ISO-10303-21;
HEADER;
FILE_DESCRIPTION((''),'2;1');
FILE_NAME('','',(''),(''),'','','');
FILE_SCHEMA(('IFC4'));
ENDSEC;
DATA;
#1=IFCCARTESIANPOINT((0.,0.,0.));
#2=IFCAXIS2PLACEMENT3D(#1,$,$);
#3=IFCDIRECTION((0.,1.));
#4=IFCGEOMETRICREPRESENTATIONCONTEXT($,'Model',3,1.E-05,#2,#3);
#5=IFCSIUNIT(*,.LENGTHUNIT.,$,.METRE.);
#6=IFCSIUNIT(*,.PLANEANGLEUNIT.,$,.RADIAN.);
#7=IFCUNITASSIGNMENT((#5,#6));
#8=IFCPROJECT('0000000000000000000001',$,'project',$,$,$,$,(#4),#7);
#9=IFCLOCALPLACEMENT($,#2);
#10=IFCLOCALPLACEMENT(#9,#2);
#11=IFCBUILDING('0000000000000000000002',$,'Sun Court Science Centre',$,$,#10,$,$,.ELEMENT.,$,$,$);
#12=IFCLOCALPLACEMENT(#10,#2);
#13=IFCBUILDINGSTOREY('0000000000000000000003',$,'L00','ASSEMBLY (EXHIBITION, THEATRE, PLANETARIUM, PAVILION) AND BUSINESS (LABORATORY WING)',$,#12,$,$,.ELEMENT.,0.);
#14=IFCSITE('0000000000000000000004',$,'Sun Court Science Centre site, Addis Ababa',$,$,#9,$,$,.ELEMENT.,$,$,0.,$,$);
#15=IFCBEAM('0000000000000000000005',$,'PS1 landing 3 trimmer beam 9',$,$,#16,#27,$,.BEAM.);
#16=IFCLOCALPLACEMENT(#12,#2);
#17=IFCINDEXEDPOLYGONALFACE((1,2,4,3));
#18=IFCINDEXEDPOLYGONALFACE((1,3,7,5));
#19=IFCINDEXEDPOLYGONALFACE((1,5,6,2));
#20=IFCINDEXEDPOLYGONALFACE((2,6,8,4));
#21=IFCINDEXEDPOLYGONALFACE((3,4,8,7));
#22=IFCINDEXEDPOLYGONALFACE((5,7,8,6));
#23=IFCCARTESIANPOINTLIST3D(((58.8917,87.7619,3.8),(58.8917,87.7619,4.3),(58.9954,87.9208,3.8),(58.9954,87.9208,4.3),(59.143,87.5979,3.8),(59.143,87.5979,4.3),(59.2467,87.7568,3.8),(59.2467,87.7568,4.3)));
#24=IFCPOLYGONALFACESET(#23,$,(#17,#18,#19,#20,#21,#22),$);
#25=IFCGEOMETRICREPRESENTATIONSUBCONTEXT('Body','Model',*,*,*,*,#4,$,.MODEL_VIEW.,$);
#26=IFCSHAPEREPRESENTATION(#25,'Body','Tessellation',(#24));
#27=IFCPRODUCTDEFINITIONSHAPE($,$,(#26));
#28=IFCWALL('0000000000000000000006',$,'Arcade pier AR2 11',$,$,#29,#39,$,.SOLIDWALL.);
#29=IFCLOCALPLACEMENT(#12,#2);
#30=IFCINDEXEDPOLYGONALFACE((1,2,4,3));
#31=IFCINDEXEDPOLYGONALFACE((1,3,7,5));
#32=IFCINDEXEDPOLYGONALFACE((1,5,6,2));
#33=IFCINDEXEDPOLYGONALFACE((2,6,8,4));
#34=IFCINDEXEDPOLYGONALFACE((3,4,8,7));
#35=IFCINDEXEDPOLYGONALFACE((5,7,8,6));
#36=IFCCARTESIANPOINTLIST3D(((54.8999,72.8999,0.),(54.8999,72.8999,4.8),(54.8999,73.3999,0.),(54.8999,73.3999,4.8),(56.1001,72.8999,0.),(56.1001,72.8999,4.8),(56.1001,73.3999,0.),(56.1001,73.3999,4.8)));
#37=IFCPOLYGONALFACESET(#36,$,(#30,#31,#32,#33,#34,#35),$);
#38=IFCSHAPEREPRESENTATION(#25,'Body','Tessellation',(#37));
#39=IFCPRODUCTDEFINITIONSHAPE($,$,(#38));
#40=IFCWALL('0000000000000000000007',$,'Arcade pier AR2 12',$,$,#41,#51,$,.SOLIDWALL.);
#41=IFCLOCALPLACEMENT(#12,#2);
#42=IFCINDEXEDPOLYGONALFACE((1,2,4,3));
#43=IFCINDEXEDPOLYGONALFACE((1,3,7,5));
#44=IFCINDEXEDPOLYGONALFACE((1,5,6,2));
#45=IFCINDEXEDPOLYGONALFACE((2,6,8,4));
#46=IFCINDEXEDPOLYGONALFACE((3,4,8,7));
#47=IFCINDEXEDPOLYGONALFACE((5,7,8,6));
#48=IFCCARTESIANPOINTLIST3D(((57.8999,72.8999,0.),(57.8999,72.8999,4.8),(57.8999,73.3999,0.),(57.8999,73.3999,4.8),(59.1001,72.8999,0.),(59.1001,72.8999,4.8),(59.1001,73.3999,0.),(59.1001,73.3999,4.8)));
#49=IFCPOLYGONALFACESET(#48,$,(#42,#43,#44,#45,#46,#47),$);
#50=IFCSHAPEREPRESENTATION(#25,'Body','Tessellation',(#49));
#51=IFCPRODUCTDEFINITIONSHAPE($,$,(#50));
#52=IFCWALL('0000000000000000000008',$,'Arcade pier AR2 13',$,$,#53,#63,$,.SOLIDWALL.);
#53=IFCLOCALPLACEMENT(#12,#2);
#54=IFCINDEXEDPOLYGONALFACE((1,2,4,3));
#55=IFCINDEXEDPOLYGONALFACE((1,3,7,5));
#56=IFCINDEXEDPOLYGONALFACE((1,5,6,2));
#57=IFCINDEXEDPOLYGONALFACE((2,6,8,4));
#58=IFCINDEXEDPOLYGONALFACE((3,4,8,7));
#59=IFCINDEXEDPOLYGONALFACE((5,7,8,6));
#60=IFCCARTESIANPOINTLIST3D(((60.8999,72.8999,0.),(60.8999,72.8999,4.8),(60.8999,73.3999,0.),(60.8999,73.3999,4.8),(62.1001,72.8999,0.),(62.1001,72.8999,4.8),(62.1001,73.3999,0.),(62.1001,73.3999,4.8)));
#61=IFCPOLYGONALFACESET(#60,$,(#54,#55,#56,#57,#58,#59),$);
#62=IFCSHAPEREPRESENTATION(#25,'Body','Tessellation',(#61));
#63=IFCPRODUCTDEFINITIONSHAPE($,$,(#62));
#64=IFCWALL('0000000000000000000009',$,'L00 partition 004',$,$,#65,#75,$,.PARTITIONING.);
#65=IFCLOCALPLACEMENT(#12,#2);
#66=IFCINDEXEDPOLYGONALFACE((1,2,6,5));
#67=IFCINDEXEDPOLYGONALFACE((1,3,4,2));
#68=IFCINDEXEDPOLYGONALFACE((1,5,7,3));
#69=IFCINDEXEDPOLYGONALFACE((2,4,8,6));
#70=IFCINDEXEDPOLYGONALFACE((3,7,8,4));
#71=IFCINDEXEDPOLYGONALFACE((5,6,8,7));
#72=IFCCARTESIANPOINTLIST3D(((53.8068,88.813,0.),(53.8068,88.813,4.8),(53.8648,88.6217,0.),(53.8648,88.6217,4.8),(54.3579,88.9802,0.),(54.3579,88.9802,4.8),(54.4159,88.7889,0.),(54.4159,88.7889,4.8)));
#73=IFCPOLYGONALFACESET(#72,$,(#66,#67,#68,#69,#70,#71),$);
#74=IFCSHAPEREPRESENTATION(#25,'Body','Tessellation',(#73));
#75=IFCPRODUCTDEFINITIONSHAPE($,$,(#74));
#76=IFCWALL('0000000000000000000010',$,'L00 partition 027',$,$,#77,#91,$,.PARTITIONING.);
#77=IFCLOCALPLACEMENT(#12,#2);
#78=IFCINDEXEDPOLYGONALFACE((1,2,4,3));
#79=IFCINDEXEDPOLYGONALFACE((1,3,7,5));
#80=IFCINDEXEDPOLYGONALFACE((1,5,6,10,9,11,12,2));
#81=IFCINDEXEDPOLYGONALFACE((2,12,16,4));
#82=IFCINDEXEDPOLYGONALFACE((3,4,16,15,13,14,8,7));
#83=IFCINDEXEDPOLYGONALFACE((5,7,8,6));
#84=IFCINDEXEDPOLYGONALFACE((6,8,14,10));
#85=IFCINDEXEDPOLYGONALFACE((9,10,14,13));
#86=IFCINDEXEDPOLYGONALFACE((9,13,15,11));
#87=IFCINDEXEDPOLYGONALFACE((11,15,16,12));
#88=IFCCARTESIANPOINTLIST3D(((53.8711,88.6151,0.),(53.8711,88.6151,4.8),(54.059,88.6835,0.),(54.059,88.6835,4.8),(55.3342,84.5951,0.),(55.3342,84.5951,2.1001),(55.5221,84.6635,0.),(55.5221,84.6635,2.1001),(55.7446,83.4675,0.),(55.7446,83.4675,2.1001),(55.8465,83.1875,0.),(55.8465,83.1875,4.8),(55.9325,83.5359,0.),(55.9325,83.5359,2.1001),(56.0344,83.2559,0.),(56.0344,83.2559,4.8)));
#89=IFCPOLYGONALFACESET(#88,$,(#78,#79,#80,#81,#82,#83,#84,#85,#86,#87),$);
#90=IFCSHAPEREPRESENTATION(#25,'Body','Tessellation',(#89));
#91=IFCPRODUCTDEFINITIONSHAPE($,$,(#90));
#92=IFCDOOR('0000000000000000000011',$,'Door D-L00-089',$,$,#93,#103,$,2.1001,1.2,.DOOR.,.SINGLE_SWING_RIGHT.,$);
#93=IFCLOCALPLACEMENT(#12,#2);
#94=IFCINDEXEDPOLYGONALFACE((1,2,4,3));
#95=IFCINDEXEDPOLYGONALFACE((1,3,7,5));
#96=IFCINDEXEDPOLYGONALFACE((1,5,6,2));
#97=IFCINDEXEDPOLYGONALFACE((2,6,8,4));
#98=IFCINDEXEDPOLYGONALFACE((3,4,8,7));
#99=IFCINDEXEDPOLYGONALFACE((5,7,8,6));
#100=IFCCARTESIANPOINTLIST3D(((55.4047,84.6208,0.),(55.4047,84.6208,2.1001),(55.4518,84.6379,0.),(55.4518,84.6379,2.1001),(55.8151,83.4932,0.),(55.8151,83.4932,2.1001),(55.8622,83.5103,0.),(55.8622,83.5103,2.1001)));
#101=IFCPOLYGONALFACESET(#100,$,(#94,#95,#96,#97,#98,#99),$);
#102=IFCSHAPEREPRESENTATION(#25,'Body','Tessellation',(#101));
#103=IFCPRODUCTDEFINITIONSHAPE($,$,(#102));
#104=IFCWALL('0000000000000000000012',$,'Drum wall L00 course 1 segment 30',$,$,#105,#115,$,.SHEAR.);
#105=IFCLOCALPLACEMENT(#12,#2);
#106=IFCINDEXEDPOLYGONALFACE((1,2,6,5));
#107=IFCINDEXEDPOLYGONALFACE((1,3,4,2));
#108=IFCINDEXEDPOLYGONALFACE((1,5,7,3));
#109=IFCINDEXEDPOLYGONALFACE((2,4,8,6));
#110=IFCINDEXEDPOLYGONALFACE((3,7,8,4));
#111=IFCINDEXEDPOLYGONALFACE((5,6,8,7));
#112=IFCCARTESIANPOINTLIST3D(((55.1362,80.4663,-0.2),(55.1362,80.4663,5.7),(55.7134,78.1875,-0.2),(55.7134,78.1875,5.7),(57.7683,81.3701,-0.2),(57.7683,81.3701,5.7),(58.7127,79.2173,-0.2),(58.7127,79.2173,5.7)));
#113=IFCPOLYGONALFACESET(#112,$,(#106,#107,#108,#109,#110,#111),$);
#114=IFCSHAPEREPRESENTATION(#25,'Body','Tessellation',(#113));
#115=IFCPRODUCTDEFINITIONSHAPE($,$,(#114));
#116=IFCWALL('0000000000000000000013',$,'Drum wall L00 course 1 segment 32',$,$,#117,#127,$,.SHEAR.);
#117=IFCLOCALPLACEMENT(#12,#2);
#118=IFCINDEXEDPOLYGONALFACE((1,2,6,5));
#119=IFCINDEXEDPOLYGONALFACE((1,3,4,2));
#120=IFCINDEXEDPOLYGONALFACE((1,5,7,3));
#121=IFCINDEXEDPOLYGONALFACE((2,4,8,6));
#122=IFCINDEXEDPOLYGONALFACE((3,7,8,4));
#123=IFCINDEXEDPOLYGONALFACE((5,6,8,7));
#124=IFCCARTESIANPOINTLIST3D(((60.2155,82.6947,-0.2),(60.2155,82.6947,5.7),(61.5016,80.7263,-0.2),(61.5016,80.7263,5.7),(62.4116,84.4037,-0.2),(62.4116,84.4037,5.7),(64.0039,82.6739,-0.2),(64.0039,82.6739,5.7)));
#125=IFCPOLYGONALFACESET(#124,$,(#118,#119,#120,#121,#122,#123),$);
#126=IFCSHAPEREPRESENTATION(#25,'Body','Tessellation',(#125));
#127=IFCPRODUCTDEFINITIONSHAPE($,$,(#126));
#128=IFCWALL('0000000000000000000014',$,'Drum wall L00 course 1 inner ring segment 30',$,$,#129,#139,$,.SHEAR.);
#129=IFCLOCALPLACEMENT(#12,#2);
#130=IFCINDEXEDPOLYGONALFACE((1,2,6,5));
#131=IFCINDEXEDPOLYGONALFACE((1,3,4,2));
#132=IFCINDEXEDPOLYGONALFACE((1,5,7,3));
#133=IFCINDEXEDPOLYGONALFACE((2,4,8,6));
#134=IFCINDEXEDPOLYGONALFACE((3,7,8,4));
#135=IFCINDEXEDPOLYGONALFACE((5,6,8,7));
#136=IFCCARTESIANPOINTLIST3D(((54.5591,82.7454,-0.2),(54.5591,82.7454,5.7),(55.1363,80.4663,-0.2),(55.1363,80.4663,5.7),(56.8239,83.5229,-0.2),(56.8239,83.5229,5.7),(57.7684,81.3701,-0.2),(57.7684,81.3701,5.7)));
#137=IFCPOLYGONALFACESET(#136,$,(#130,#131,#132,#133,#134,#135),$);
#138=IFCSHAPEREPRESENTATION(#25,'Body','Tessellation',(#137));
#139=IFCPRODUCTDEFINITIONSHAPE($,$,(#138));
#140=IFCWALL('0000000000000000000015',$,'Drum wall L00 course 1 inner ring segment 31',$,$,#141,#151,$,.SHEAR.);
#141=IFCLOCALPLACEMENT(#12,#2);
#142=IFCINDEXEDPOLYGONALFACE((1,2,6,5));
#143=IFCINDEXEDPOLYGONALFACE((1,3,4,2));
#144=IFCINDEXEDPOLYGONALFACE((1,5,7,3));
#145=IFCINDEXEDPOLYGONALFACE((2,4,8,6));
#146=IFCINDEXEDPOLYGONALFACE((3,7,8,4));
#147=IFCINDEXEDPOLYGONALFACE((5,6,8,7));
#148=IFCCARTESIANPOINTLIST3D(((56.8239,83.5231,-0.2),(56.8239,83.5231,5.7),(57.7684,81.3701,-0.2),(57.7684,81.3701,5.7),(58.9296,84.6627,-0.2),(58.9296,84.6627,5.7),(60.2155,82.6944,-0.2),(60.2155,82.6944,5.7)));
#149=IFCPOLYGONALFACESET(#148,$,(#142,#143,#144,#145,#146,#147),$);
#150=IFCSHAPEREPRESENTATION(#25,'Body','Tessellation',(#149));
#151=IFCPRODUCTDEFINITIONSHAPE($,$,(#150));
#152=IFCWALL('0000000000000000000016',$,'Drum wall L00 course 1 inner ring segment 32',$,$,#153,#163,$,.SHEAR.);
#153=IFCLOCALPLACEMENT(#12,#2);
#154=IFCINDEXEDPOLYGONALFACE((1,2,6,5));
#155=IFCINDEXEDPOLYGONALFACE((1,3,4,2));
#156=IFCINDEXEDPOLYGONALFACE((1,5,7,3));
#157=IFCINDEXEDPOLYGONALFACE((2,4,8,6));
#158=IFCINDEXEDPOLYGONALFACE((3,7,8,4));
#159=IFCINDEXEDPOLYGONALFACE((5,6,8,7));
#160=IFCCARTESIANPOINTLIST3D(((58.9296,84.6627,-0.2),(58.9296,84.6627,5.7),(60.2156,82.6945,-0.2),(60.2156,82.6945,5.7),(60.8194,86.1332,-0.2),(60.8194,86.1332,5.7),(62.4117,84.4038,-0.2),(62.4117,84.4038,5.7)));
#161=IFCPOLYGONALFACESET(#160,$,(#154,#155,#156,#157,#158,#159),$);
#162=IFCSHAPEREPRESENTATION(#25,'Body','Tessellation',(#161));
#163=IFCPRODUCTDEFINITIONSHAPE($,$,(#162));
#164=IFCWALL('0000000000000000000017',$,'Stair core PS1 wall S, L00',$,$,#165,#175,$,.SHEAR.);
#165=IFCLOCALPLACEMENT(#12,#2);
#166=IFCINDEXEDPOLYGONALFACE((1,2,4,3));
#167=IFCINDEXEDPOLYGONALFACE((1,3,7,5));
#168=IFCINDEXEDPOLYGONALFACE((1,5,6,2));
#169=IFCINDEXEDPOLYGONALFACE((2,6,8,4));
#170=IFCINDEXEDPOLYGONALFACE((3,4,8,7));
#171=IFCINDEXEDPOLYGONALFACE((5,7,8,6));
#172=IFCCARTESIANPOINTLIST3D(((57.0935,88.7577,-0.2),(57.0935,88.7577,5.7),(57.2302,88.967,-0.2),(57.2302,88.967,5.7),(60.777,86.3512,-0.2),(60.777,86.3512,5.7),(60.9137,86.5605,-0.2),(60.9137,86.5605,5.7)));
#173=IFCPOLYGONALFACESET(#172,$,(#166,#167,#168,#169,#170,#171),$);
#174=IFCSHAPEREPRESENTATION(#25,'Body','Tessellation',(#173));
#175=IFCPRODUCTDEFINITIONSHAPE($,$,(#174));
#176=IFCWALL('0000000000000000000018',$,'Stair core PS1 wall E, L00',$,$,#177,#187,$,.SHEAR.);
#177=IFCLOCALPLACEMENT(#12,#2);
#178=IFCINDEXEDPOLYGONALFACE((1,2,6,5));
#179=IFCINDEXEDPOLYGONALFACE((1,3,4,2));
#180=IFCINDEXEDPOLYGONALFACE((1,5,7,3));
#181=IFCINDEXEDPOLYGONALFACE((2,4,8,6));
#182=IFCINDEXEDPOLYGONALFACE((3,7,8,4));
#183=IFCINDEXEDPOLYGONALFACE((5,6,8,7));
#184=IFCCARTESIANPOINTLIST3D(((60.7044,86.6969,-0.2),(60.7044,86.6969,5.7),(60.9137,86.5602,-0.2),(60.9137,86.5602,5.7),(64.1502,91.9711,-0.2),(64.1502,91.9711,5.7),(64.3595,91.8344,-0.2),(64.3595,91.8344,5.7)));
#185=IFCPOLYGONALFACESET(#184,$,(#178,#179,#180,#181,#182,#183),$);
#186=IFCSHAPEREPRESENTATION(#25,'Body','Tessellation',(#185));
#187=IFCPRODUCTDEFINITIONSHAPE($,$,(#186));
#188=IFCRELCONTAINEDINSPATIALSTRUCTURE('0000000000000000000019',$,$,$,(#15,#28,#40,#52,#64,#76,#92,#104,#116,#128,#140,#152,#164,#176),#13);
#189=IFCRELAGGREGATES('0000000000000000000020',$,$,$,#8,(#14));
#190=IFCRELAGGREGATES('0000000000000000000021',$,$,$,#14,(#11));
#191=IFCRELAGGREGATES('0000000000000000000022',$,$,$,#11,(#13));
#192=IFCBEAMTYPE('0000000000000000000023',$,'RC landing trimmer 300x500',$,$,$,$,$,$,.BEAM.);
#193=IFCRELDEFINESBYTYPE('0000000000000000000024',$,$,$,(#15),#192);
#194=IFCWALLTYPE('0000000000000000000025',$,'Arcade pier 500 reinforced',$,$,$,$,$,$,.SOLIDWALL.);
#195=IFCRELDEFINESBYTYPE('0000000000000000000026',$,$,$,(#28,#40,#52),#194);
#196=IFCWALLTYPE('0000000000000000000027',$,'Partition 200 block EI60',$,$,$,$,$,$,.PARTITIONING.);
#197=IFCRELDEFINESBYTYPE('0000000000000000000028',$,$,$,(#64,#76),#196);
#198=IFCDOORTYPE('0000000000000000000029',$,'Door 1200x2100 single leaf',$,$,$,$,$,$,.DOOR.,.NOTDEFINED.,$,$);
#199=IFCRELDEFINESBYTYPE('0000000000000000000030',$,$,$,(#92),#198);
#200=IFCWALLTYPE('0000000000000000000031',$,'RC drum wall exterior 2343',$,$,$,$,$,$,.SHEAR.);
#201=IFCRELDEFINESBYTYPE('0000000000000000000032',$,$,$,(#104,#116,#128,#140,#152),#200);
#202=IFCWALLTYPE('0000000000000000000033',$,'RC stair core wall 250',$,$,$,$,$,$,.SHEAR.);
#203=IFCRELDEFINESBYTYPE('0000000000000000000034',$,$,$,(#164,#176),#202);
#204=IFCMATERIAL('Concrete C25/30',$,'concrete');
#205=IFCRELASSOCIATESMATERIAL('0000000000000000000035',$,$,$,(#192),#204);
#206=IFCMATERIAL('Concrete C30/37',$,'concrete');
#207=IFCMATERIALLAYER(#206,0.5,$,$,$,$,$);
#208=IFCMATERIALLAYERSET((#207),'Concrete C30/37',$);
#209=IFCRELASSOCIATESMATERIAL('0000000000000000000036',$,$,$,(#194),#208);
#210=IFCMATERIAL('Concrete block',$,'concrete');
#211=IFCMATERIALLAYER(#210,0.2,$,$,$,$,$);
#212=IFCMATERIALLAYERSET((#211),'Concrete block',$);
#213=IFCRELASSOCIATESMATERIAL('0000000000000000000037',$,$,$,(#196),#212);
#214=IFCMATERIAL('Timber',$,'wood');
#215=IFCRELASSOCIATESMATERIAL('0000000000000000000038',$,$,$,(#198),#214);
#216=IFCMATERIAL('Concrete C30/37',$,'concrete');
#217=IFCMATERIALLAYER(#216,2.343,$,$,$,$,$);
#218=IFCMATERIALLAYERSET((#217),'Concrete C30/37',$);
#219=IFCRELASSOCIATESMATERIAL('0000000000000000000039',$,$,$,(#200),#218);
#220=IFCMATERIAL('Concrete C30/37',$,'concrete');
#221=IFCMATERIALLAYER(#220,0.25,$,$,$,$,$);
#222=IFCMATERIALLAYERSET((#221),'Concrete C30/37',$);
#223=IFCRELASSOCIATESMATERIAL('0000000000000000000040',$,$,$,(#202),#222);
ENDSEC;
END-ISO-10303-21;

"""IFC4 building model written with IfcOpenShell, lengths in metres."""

from ifc_helpers import new_model, si_unit, direction, frame, frame_2d, origin, origin_2d, place, context, subcontext, project, spatial, polyline, rectangle, outline, extrude, material, layer, layer_set, material_profile, profile_set, type_object, element, fill, save


model = new_model("IFC4")

# Units and contexts
model_context = context("Model", 3, precision=1e-05, world=origin(), true_north=direction((0.0, 1.0)))
body_context = subcontext(model_context, "Body", "Model", "MODEL_VIEW")
ifc_project = project(units=[si_unit("LENGTHUNIT", "METRE"), si_unit("PLANEANGLEUNIT", "RADIAN")], contexts=[model_context])

# Site, building, storey
site_placement = place(None, origin())
site = spatial("IfcSite", under=ifc_project, at=site_placement, Name="Sun Court Science Centre site, Addis Ababa", CompositionType="ELEMENT", RefElevation=0.0)
building_placement = place(site_placement, origin())
building = spatial("IfcBuilding", under=site, at=building_placement, Name="Sun Court Science Centre", CompositionType="ELEMENT")
storey_placement = place(building_placement, origin())
storey = spatial("IfcBuildingStorey", under=building, at=storey_placement, Name="L00", Description="ASSEMBLY (EXHIBITION, THEATRE, PLANETARIUM, PAVILION) AND BUSINESS (LABORATORY WING)", CompositionType="ELEMENT", Elevation=0.0)

# Beam
ifc_material_1 = material(Name="Concrete C25/30", Category="concrete")
ifc_material_profile_1 = material_profile(ifc_material_1, rectangle(XDim=0.3, YDim=0.5, at=origin_2d()), Name="RC 300x500")
ifc_profile_set_1 = profile_set([ifc_material_profile_1], Name="Concrete C25/30")
beam_type = type_object("IfcBeamType", Name="RC landing trimmer 300x500", PredefinedType="BEAM", material=ifc_profile_set_1)
beam_1_placement = place(storey_placement, frame((59.0173, 87.6799, 4.05), z_axis=(0.54666, 0.837355, 0.0), x_axis=(-0.837355, 0.54666, 0.0)))
element("IfcBeam", 1, at=beam_1_placement, inside=storey, type_object=beam_type, Name="PS1 landing 3 trimmer beam 9", PredefinedType="BEAM", context=body_context, shape_type="SweptSolid", body=[
    extrude(rectangle(XDim=0.3, YDim=0.5, at=origin_2d()), origin(), (0.0, 0.0, 1.0), 0.1897),
])

# Walls
ifc_material_2 = material(Name="Concrete C30/37", Category="concrete")
ifc_layer_1 = layer(ifc_material_2, 0.5)
ifc_layer_set_1 = layer_set([ifc_layer_1], Name="Concrete C30/37")
wall_type_1 = type_object("IfcWallType", Name="Arcade pier 500 reinforced", PredefinedType="SOLIDWALL", material=ifc_layer_set_1)
for number, where, z_axis, x_axis, name in (
    (2, (54.8999, 73.1499, 0.0), (0.0, 0.0, 1.0), (1.0, 0.0, 0.0), "Arcade pier AR2 11"),
    (3, (57.8999, 73.1499, 0.0), (0.0, 0.0, 1.0), (1.0, 0.0, 0.0), "Arcade pier AR2 12"),
    (4, (60.8999, 73.1499, 0.0), (0.0, 0.0, 1.0), (1.0, 0.0, 0.0), "Arcade pier AR2 13"),
):
    element("IfcWall", number, at=place(storey_placement, frame(where, z_axis=z_axis, x_axis=x_axis)), inside=storey, type_object=wall_type_1, Name=name, PredefinedType="SOLIDWALL", context=body_context, shape_type="SweptSolid", body=[
        extrude(rectangle(XDim=1.2002, YDim=0.5, at=frame_2d((0.6001, 0.0))), origin(), (0.0, 0.0, 1.0), 4.8),
    ])
ifc_material_3 = material(Name="Concrete block", Category="concrete")
ifc_layer_2 = layer(ifc_material_3, 0.2)
ifc_layer_set_2 = layer_set([ifc_layer_2], Name="Concrete block")
wall_type_2 = type_object("IfcWallType", Name="Partition 200 block EI60", PredefinedType="PARTITIONING", material=ifc_layer_set_2)
wall_1_placement = place(storey_placement, frame((53.8357, 88.7173, 0.0), z_axis=(0.0, 0.0, 1.0), x_axis=(0.9569, 0.290419, 0.0)))
element("IfcWall", 5, at=wall_1_placement, inside=storey, type_object=wall_type_2, Name="L00 partition 004", PredefinedType="PARTITIONING", context=body_context, shape_type="SweptSolid", body=[
    extrude(rectangle(XDim=0.5759, YDim=0.2, at=frame_2d((0.2881, 0.0))), origin(), (0.0, 0.0, 1.0), 4.8),
])

# Wall, opening, door
wall_2_placement = place(storey_placement, frame((55.9404, 83.2217, 0.0), z_axis=(0.0, 0.0, 1.0), x_axis=(-0.342004, 0.939698, 0.0)))
wall_2 = element("IfcWall", 6, at=wall_2_placement, inside=storey, type_object=wall_type_2, Name="L00 partition 027", PredefinedType="PARTITIONING", context=body_context, shape_type="SweptSolid", body=[
    extrude(rectangle(XDim=5.7759, YDim=0.2, at=frame_2d((2.8879, 0.0))), origin(), (0.0, 0.0, 1.0), 4.8),
])
opening_placement = place(wall_2_placement, frame((0.2979, 0.0, 0.0)))
opening = element("IfcOpeningElement", 7, at=opening_placement, cuts=wall_2, PredefinedType="OPENING", context=body_context, shape_type="SweptSolid", body=[
    extrude(rectangle(XDim=1.2, YDim=2.1001, at=frame_2d((0.6001, 1.05))), frame((0.0, 0.1099, 0.0), z_axis=(0.0, -1.0, 0.0), x_axis=(1.0, 0.0, 0.0)), (0.0, 0.0, 1.0), 0.22),
])
ifc_material_4 = material(Name="Timber", Category="wood")
door_type = type_object("IfcDoorType", Name="Door 1200x2100 single leaf", OperationType="NOTDEFINED", PredefinedType="DOOR", material=ifc_material_4)
door_placement = place(opening_placement, origin())
door = element("IfcDoor", 8, at=door_placement, inside=storey, type_object=door_type, Name="Door D-L00-089", OperationType="SINGLE_SWING_RIGHT", OverallHeight=2.1001, OverallWidth=1.2, PredefinedType="DOOR", context=body_context, shape_type="SweptSolid", body=[
    extrude(rectangle(XDim=1.2, YDim=2.1001, at=frame_2d((0.6001, 1.05))), frame((0.0, 0.0249, 0.0), z_axis=(0.0, -1.0, 0.0), x_axis=(1.0, 0.0, 0.0)), (0.0, 0.0, 1.0), 0.05),
])
fill(opening, door)

# Walls
ifc_material_5 = material(Name="Concrete C30/37", Category="concrete")
ifc_layer_3 = layer(ifc_material_5, 2.343)
ifc_layer_set_3 = layer_set([ifc_layer_3], Name="Concrete C30/37")
wall_type_3 = type_object("IfcWallType", Name="RC drum wall exterior 2343", PredefinedType="SHEAR", material=ifc_layer_set_3)
wall_3_placement = place(storey_placement, frame((55.333, 79.2954, -0.2), z_axis=(0.0, 0.0, 1.0), x_axis=(0.945804, 0.324738, 0.0)))
element("IfcWall", 9, at=wall_3_placement, inside=storey, type_object=wall_type_3, Name="Drum wall L00 course 1 segment 30", PredefinedType="SHEAR", context=body_context, shape_type="SweptSolid", body=[
    extrude(outline(polyline([(0.0, -1.1714), (3.1711, -1.1714), (2.9771, 1.1714), (0.1941, 1.1714), (0.0, -1.1714)])), origin(), (0.0, 0.0, 1.0), 5.8999),
])
wall_4_placement = place(storey_placement, frame((60.782, 81.6509, -0.2), z_axis=(0.0, 0.0, 1.0), x_axis=(0.789137, 0.614218, 0.0)))
element("IfcWall", 10, at=wall_4_placement, inside=storey, type_object=wall_type_3, Name="Drum wall L00 course 1 segment 32", PredefinedType="SHEAR", context=body_context, shape_type="SweptSolid", body=[
    extrude(outline(polyline([(0.0, -1.1716), (3.1709, -1.1716), (2.9768, 1.1714), (0.1941, 1.1716), (0.0, -1.1716)])), origin(), (0.0, 0.0, 1.0), 5.8999),
])
wall_5_placement = place(storey_placement, frame((54.7559, 81.5745, -0.2), z_axis=(0.0, 0.0, 1.0), x_axis=(0.945821, 0.32469, 0.0)))
element("IfcWall", 11, at=wall_5_placement, inside=storey, type_object=wall_type_3, Name="Drum wall L00 course 1 inner ring segment 30", PredefinedType="SHEAR", context=body_context, shape_type="SweptSolid", body=[
    extrude(outline(polyline([(0.0, -1.1716), (2.783, -1.1714), (2.5886, 1.1714), (0.1941, 1.1714), (0.0, -1.1716)])), origin(), (0.0, 0.0, 1.0), 5.8999),
])
wall_6_placement = place(storey_placement, frame((57.2107, 82.4001, -0.2), z_axis=(0.0, 0.0, 1.0), x_axis=(0.879463, 0.475967, 0.0)))
element("IfcWall", 12, at=wall_6_placement, inside=storey, type_object=wall_type_3, Name="Drum wall L00 course 1 inner ring segment 31", PredefinedType="SHEAR", context=body_context, shape_type="SweptSolid", body=[
    extrude(outline(polyline([(0.0002, -1.1714), (2.7827, -1.1714), (2.5886, 1.1716), (0.1943, 1.1716), (0.0002, -1.1714)])), origin(), (0.0, 0.0, 1.0), 5.8999),
])
wall_7_placement = place(storey_placement, frame((59.4961, 83.6189, -0.2), z_axis=(0.0, 0.0, 1.0), x_axis=(0.789144, 0.614208, 0.0)))
element("IfcWall", 13, at=wall_7_placement, inside=storey, type_object=wall_type_3, Name="Drum wall L00 course 1 inner ring segment 32", PredefinedType="SHEAR", context=body_context, shape_type="SweptSolid", body=[
    extrude(outline(polyline([(0.0, -1.1714), (2.783, -1.1714), (2.5886, 1.1714), (0.1941, 1.1716), (0.0, -1.1714)])), origin(), (0.0, 0.0, 1.0), 5.8999),
])
ifc_material_6 = material(Name="Concrete C30/37", Category="concrete")
ifc_layer_4 = layer(ifc_material_6, 0.25)
ifc_layer_set_4 = layer_set([ifc_layer_4], Name="Concrete C30/37")
wall_type_4 = type_object("IfcWallType", Name="RC stair core wall 250", PredefinedType="SHEAR", material=ifc_layer_set_4)
wall_8_placement = place(storey_placement, frame((57.1619, 88.8623, -0.2), z_axis=(0.0, 0.0, 1.0), x_axis=(0.837179, -0.546929, 0.0)))
element("IfcWall", 14, at=wall_8_placement, inside=storey, type_object=wall_type_4, Name="Stair core PS1 wall S, L00", PredefinedType="SHEAR", context=body_context, shape_type="SweptSolid", body=[
    extrude(rectangle(XDim=4.3999, YDim=0.25, at=frame_2d((2.2, 0.0))), origin(), (0.0, 0.0, 1.0), 5.8999),
])
wall_9_placement = place(storey_placement, frame((60.8091, 86.6287, -0.2), z_axis=(0.0, 0.0, 1.0), x_axis=(0.54695, 0.837165, 0.0)))
element("IfcWall", 15, at=wall_9_placement, inside=storey, type_object=wall_type_4, Name="Stair core PS1 wall E, L00", PredefinedType="SHEAR", context=body_context, shape_type="SweptSolid", body=[
    extrude(rectangle(XDim=6.3, YDim=0.25, at=frame_2d((3.1499, 0.0))), origin(), (0.0, 0.0, 1.0), 5.8999),
])

save(model, "model.ifc")
